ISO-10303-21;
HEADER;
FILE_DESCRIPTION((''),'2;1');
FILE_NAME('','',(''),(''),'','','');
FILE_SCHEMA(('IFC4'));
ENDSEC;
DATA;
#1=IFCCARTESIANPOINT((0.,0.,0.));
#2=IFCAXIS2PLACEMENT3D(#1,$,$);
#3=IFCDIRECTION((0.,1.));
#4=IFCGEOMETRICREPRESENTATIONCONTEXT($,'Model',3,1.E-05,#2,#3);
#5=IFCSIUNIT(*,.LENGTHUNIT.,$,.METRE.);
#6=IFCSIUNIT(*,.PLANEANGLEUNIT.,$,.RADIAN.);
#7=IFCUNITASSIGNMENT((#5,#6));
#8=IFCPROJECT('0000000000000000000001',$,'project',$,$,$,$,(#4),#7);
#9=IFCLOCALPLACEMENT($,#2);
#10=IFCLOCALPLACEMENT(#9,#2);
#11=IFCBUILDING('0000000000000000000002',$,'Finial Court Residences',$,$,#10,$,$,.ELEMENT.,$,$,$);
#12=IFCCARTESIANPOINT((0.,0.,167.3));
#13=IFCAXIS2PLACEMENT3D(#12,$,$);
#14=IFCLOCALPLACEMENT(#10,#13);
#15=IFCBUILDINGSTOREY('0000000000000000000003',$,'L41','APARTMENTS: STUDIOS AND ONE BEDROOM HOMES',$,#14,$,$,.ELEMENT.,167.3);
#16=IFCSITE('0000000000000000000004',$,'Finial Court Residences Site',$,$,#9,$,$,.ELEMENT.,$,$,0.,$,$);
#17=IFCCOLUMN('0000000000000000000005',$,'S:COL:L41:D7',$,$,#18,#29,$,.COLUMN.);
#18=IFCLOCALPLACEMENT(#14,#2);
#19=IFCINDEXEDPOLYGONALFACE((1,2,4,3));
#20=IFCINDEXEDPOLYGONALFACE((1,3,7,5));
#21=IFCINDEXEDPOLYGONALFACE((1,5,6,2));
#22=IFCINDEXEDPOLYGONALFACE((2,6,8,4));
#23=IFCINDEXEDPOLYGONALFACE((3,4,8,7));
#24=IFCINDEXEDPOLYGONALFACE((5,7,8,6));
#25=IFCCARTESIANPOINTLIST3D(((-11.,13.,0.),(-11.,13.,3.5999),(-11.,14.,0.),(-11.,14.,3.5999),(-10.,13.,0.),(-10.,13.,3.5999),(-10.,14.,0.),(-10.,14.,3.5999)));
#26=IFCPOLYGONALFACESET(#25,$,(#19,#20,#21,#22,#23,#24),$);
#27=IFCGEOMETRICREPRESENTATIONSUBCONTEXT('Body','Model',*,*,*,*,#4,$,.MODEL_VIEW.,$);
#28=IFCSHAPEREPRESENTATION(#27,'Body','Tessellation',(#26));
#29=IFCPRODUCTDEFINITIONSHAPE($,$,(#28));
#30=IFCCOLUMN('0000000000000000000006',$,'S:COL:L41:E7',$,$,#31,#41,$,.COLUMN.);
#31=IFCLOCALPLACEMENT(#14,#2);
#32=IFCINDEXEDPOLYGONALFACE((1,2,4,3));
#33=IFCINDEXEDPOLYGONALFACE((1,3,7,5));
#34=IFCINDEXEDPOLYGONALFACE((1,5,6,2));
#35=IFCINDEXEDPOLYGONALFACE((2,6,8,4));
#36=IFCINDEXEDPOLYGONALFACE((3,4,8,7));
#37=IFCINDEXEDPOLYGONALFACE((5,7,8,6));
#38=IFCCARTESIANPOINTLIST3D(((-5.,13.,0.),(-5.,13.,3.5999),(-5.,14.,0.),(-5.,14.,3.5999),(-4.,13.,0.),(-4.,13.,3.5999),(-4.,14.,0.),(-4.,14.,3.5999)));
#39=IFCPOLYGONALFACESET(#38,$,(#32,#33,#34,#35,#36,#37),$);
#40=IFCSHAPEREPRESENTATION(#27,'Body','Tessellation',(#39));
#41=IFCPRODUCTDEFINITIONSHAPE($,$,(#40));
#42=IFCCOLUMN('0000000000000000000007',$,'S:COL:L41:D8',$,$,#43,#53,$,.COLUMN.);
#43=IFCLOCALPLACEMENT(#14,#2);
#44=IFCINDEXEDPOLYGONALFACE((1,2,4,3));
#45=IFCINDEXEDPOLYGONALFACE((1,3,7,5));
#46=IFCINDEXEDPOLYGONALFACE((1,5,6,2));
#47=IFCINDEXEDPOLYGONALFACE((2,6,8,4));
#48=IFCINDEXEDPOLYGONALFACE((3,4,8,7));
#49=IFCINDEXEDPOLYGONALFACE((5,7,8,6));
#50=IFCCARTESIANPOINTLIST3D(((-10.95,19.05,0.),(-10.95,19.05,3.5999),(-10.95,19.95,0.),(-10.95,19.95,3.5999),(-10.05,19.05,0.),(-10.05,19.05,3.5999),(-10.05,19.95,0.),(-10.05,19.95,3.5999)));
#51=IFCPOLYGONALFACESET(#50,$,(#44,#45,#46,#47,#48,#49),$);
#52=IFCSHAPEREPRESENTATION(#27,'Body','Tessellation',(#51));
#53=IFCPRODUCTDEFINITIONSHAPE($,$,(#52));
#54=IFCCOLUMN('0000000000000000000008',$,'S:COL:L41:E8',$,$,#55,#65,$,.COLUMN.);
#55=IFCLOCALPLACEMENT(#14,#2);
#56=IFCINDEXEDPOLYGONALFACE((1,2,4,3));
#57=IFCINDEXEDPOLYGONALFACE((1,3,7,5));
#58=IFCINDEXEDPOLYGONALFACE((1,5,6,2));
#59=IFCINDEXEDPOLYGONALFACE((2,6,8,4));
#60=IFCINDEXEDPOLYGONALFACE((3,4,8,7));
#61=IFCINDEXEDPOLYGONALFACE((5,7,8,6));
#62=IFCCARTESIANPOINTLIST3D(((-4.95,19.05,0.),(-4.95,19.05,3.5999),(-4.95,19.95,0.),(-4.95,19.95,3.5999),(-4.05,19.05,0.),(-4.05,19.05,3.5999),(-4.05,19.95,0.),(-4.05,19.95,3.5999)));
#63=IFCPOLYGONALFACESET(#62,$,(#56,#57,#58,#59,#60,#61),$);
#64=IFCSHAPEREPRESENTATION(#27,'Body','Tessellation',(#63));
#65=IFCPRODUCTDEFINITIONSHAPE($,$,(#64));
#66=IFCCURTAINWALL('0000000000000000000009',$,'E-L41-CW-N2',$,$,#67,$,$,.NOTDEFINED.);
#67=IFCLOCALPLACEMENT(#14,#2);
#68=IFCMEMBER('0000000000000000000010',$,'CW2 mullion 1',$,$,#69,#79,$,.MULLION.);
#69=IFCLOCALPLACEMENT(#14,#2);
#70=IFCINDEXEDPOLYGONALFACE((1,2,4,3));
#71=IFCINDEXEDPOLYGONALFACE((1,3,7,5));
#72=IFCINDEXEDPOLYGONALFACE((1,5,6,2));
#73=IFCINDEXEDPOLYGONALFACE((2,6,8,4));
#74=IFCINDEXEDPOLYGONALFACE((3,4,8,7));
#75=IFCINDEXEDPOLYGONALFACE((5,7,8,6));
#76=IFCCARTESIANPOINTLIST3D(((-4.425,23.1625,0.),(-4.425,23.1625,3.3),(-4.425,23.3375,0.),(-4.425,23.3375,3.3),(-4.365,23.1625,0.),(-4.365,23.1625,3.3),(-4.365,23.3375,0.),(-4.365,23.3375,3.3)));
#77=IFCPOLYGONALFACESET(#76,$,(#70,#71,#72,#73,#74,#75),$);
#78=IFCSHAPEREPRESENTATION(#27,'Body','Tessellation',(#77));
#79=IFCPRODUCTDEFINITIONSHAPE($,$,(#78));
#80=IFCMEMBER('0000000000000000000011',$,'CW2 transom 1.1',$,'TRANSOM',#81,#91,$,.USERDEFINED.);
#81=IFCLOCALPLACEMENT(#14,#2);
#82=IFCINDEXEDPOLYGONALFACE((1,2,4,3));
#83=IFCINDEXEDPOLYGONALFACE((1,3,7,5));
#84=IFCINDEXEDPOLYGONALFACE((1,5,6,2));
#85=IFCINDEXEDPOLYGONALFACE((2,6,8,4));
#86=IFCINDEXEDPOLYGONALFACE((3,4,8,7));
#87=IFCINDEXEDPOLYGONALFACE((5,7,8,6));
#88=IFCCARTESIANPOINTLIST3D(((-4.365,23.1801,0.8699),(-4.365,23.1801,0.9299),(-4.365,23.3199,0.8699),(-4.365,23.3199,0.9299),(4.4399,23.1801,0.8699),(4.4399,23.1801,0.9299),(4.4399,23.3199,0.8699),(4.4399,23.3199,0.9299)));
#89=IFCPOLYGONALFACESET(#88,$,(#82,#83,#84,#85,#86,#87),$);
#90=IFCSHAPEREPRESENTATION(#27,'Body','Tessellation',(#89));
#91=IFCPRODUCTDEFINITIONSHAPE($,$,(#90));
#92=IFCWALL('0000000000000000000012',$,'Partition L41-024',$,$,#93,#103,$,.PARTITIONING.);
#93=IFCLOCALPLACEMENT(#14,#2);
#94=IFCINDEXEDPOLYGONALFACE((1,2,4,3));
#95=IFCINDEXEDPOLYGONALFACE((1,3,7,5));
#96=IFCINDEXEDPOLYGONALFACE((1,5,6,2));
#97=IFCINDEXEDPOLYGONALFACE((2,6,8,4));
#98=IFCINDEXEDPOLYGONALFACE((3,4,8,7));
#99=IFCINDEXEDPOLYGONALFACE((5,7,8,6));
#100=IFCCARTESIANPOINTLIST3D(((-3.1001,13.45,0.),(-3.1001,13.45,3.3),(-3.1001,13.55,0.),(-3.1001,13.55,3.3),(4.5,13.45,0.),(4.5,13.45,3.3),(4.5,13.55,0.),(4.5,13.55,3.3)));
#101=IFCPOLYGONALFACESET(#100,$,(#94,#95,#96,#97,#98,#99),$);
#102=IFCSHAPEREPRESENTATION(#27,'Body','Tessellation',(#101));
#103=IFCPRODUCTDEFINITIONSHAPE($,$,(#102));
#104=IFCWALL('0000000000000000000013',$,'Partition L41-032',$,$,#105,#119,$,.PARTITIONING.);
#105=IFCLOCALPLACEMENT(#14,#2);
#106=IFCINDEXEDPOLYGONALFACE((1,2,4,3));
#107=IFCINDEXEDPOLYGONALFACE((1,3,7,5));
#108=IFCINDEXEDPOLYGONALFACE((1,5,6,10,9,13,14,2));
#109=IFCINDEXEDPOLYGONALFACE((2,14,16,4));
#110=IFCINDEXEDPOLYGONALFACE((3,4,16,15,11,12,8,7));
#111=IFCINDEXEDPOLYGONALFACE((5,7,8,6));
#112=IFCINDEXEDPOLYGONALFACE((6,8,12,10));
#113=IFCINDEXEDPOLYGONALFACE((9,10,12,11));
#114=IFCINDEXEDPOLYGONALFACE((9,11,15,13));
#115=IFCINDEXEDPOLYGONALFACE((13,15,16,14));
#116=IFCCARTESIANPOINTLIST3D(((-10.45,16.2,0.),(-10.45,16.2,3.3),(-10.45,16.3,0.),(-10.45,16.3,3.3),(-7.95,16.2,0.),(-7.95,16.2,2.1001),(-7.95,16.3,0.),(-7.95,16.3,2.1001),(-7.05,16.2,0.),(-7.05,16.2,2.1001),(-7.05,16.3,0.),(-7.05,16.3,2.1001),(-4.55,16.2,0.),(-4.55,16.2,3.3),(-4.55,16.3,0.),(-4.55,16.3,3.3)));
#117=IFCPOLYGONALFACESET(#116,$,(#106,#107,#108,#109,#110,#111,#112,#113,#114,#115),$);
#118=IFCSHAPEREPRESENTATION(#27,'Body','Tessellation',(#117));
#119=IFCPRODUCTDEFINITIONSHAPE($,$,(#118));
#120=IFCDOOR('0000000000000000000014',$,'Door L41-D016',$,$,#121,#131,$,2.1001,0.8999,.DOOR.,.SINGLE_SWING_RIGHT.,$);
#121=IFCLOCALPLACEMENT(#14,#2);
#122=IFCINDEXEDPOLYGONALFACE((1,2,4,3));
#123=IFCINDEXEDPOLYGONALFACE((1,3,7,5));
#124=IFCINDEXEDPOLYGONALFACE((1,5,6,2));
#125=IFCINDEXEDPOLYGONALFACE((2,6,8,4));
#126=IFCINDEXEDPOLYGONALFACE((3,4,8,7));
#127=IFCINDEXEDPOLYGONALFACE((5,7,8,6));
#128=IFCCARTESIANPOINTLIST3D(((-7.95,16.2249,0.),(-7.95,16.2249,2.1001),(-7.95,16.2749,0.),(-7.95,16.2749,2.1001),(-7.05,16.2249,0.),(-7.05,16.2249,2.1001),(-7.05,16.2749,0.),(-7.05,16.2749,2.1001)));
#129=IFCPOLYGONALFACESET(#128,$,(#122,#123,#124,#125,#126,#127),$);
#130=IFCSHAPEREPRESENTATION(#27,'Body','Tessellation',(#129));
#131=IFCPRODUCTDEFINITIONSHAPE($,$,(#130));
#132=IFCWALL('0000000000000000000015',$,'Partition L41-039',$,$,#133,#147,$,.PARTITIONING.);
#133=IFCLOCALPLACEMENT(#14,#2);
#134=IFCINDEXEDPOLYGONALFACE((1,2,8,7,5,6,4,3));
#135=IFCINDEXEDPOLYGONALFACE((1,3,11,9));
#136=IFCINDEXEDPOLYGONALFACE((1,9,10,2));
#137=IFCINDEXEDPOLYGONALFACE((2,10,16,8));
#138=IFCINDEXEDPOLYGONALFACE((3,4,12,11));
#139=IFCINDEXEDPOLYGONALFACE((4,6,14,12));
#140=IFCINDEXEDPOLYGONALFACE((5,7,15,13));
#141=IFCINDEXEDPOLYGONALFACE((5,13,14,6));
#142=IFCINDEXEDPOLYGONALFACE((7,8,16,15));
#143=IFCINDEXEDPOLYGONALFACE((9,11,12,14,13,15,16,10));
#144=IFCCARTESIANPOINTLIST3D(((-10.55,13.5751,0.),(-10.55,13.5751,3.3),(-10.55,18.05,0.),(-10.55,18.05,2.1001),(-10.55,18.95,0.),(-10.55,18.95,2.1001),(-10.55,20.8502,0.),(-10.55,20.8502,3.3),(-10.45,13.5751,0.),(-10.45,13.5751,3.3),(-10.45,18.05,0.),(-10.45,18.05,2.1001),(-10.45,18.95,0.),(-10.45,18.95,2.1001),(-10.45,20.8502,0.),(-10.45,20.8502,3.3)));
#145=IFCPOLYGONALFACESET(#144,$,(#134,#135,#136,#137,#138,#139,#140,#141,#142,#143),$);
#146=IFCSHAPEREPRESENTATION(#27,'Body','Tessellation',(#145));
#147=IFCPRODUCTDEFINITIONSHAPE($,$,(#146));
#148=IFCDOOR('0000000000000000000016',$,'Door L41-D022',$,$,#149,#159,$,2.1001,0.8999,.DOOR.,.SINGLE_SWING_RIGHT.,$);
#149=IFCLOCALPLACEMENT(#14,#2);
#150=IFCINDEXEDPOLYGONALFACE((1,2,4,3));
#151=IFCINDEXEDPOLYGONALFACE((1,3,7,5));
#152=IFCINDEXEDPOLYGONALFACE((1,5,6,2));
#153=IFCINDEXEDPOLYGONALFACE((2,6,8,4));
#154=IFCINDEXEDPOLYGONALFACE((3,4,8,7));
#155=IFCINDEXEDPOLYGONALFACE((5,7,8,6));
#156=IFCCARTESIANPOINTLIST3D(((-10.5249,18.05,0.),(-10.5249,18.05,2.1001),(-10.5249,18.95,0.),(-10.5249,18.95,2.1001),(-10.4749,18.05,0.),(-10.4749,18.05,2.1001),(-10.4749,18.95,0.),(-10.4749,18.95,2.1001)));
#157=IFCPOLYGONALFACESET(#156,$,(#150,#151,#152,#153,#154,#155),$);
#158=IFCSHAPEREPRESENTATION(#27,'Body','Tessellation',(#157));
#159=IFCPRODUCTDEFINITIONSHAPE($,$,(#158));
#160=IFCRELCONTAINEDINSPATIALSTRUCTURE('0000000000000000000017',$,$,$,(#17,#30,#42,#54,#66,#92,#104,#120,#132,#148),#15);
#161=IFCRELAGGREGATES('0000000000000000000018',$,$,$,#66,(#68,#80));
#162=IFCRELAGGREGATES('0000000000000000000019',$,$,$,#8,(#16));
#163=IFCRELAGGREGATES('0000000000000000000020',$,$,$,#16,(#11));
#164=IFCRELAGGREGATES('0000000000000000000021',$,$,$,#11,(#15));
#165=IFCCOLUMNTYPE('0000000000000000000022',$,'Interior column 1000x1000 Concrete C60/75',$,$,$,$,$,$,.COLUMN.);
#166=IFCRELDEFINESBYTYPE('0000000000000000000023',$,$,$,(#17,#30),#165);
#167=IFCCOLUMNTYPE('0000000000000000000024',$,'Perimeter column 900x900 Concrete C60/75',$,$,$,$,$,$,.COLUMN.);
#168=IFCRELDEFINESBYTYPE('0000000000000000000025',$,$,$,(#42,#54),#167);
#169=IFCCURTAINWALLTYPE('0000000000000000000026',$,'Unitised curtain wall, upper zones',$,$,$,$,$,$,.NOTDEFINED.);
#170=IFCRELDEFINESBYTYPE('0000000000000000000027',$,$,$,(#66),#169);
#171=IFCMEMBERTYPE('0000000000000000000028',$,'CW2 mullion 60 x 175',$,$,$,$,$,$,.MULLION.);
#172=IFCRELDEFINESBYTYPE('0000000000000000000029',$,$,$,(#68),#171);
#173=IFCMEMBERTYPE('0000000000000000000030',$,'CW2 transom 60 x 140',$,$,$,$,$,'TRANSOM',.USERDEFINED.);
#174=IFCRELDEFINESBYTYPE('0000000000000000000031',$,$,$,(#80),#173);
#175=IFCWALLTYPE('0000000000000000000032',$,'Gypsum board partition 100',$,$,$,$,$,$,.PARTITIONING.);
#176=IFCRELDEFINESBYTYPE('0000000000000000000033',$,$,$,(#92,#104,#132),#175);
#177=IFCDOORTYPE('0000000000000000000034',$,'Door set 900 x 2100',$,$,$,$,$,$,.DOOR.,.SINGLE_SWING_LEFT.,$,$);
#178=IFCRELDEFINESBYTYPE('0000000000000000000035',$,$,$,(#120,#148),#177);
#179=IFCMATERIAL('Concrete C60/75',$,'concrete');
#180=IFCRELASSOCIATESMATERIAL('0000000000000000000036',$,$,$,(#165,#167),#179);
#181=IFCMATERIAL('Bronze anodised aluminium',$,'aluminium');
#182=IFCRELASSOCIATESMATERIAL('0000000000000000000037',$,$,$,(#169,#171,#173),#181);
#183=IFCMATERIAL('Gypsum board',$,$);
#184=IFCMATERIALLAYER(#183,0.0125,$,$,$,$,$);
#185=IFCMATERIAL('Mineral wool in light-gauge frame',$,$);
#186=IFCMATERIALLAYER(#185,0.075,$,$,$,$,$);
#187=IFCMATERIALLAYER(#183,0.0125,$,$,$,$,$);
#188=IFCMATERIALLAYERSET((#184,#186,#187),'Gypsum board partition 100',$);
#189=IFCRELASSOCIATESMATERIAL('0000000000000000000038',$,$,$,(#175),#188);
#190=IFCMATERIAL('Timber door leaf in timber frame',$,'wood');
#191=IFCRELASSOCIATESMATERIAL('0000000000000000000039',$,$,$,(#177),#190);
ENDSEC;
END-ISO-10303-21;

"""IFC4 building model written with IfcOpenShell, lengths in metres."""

from ifc_helpers import new_model, si_unit, direction, frame, frame_2d, origin, origin_2d, place, context, subcontext, project, spatial, rectangle, extrude, material, layer, layer_set, material_profile, profile_set, type_object, element, fill, aggregate, save


model = new_model("IFC4")

# Units and contexts
model_context = context("Model", 3, precision=1e-05, world=origin(), true_north=direction((0.0, 1.0)))
body_context = subcontext(model_context, "Body", "Model", "MODEL_VIEW")
ifc_project = project(units=[si_unit("LENGTHUNIT", "METRE"), si_unit("PLANEANGLEUNIT", "RADIAN")], contexts=[model_context])

# Site, building, storey
site_placement = place(None, origin())
site = spatial("IfcSite", under=ifc_project, at=site_placement, Name="Finial Court Residences Site", CompositionType="ELEMENT", RefElevation=0.0)
building_placement = place(site_placement, origin())
building = spatial("IfcBuilding", under=site, at=building_placement, Name="Finial Court Residences", CompositionType="ELEMENT")
storey_placement = place(building_placement, frame((0.0, 0.0, 167.3)))
storey = spatial("IfcBuildingStorey", under=building, at=storey_placement, Name="L41", Description="APARTMENTS: STUDIOS AND ONE BEDROOM HOMES", CompositionType="ELEMENT", Elevation=167.3)

# Columns
ifc_material_1 = material(Name="Concrete C60/75", Category="concrete")
ifc_material_profile_1 = material_profile(ifc_material_1, rectangle(XDim=1.0, YDim=1.0, at=origin_2d()), Name="1000x1000")
ifc_profile_set_1 = profile_set([ifc_material_profile_1], Name="Concrete C60/75")
column_type_1 = type_object("IfcColumnType", Name="Interior column 1000x1000 Concrete C60/75", PredefinedType="COLUMN", material=ifc_profile_set_1)
for number, where, z_axis, x_axis, name in (
    (1, (-10.5, 13.5, 0.0), (0.0, 0.0, 1.0), (1.0, 0.0, 0.0), "S:COL:L41:D7"),
    (2, (-4.5, 13.5, 0.0), (0.0, 0.0, 1.0), (1.0, 0.0, 0.0), "S:COL:L41:E7"),
):
    element("IfcColumn", number, at=place(storey_placement, frame(where, z_axis=z_axis, x_axis=x_axis)), inside=storey, type_object=column_type_1, Name=name, PredefinedType="COLUMN", context=body_context, shape_type="SweptSolid", body=[
        extrude(rectangle(XDim=1.0, YDim=1.0, at=origin_2d()), origin(), (0.0, 0.0, 1.0), 3.5999),
    ])
ifc_material_profile_2 = material_profile(ifc_material_1, rectangle(XDim=0.8999, YDim=0.8999, at=origin_2d()), Name="900x900")
ifc_profile_set_2 = profile_set([ifc_material_profile_2], Name="Concrete C60/75")
column_type_2 = type_object("IfcColumnType", Name="Perimeter column 900x900 Concrete C60/75", PredefinedType="COLUMN", material=ifc_profile_set_2)
for number, where, z_axis, x_axis, name in (
    (3, (-10.5, 19.5, 0.0), (0.0, 0.0, 1.0), (1.0, 0.0, 0.0), "S:COL:L41:D8"),
    (4, (-4.5, 19.5, 0.0), (0.0, 0.0, 1.0), (1.0, 0.0, 0.0), "S:COL:L41:E8"),
):
    element("IfcColumn", number, at=place(storey_placement, frame(where, z_axis=z_axis, x_axis=x_axis)), inside=storey, type_object=column_type_2, Name=name, PredefinedType="COLUMN", context=body_context, shape_type="SweptSolid", body=[
        extrude(rectangle(XDim=0.8999, YDim=0.8999, at=origin_2d()), origin(), (0.0, 0.0, 1.0), 3.5999),
    ])

# Curtain wall, members
ifc_material_2 = material(Name="Bronze anodised aluminium", Category="aluminium")
curtain_wall_type = type_object("IfcCurtainWallType", Name="Unitised curtain wall, upper zones", PredefinedType="NOTDEFINED", material=ifc_material_2)
curtain_wall_placement = place(storey_placement, origin())
curtain_wall = element("IfcCurtainWall", 5, at=curtain_wall_placement, inside=storey, type_object=curtain_wall_type, Name="E-L41-CW-N2", PredefinedType="NOTDEFINED")
ifc_material_profile_3 = material_profile(ifc_material_2, rectangle(XDim=0.175, YDim=0.0601, at=origin_2d()), Name="CW2 mullion 60 x 175")
ifc_profile_set_3 = profile_set([ifc_material_profile_3], Name="Bronze anodised aluminium")
member_type_1 = type_object("IfcMemberType", Name="CW2 mullion 60 x 175", PredefinedType="MULLION", material=ifc_profile_set_3)
member_1_placement = place(storey_placement, frame((-4.395, 23.25, 0.0), z_axis=(0.0, 0.0, 1.0), x_axis=(0.0, 1.0, 0.0)))
member_1 = element("IfcMember", 6, at=member_1_placement, type_object=member_type_1, Name="CW2 mullion 1", PredefinedType="MULLION", context=body_context, shape_type="SweptSolid", body=[
    extrude(rectangle(XDim=0.175, YDim=0.0601, at=origin_2d()), origin(), (0.0, 0.0, 1.0), 3.3),
])
ifc_material_profile_4 = material_profile(ifc_material_2, rectangle(XDim=0.1399, YDim=0.0601, at=origin_2d()), Name="CW2 transom 60 x 140")
ifc_profile_set_4 = profile_set([ifc_material_profile_4], Name="Bronze anodised aluminium")
member_type_2 = type_object("IfcMemberType", Name="CW2 transom 60 x 140", ElementType="TRANSOM", PredefinedType="USERDEFINED", material=ifc_profile_set_4)
member_2_placement = place(storey_placement, frame((-4.365, 23.25, 0.8999), z_axis=(1.0, 0.0, 0.0), x_axis=(0.0, 1.0, 0.0)))
member_2 = element("IfcMember", 7, at=member_2_placement, type_object=member_type_2, Name="CW2 transom 1.1", ObjectType="TRANSOM", PredefinedType="USERDEFINED", context=body_context, shape_type="SweptSolid", body=[
    extrude(rectangle(XDim=0.1399, YDim=0.0601, at=origin_2d()), origin(), (0.0, 0.0, 1.0), 8.8049),
])
aggregate(curtain_wall, [member_1, member_2])

# Wall
ifc_material_3 = material(Name="Gypsum board")
ifc_layer_1 = layer(ifc_material_3, 0.0125)
ifc_material_4 = material(Name="Mineral wool in light-gauge frame")
ifc_layer_2 = layer(ifc_material_4, 0.075)
ifc_layer_3 = layer(ifc_material_3, 0.0125)
ifc_layer_set_1 = layer_set([ifc_layer_1, ifc_layer_2, ifc_layer_3], Name="Gypsum board partition 100")
wall_type_1 = type_object("IfcWallType", Name="Gypsum board partition 100", PredefinedType="PARTITIONING", material=ifc_layer_set_1)
wall_1_placement = place(storey_placement, frame((-3.1001, 13.5, 0.0), z_axis=(0.0, 0.0, 1.0), x_axis=(1.0, 0.0, 0.0)))
element("IfcWall", 8, at=wall_1_placement, inside=storey, type_object=wall_type_1, Name="Partition L41-024", PredefinedType="PARTITIONING", context=body_context, shape_type="SweptSolid", body=[
    extrude(rectangle(XDim=7.6001, YDim=0.1001, at=frame_2d((3.8, 0.0))), origin(), (0.0, 0.0, 1.0), 3.3),
])

# Walls, openings, doors
wall_2_placement = place(storey_placement, frame((-10.45, 16.25, 0.0), z_axis=(0.0, 0.0, 1.0), x_axis=(1.0, 0.0, 0.0)))
wall_2 = element("IfcWall", 9, at=wall_2_placement, inside=storey, type_object=wall_type_1, Name="Partition L41-032", PredefinedType="PARTITIONING", context=body_context, shape_type="SweptSolid", body=[
    extrude(rectangle(XDim=5.8999, YDim=0.1001, at=frame_2d((2.95, 0.0))), origin(), (0.0, 0.0, 1.0), 3.3),
])
opening_1_placement = place(wall_2_placement, frame((2.5, 0.0, 0.0)))
opening_1 = element("IfcOpeningElement", 10, at=opening_1_placement, cuts=wall_2, PredefinedType="OPENING", context=body_context, shape_type="SweptSolid", body=[
    extrude(rectangle(XDim=0.8999, YDim=2.1001, at=frame_2d((0.45, 1.05))), frame((0.0, 0.0601, 0.0), z_axis=(0.0, -1.0, 0.0), x_axis=(1.0, 0.0, 0.0)), (0.0, 0.0, 1.0), 0.1201),
])
ifc_material_5 = material(Name="Timber door leaf in timber frame", Category="wood")
door_type_1 = type_object("IfcDoorType", Name="Door set 900 x 2100", OperationType="SINGLE_SWING_LEFT", PredefinedType="DOOR", material=ifc_material_5)
door_1_placement = place(opening_1_placement, origin())
door_1 = element("IfcDoor", 11, at=door_1_placement, inside=storey, type_object=door_type_1, Name="Door L41-D016", OperationType="SINGLE_SWING_RIGHT", OverallHeight=2.1001, OverallWidth=0.8999, PredefinedType="DOOR", context=body_context, shape_type="SweptSolid", body=[
    extrude(rectangle(XDim=0.8999, YDim=2.1001, at=frame_2d((0.45, 1.05))), frame((0.0, 0.0249, 0.0), z_axis=(0.0, -1.0, 0.0), x_axis=(1.0, 0.0, 0.0)), (0.0, 0.0, 1.0), 0.05),
])
fill(opening_1, door_1)
wall_3_placement = place(storey_placement, frame((-10.5, 13.575, 0.0), z_axis=(0.0, 0.0, 1.0), x_axis=(0.0, 1.0, 0.0)))
wall_3 = element("IfcWall", 12, at=wall_3_placement, inside=storey, type_object=wall_type_1, Name="Partition L41-039", PredefinedType="PARTITIONING", context=body_context, shape_type="SweptSolid", body=[
    extrude(rectangle(XDim=7.2751, YDim=0.1001, at=frame_2d((3.6377, 0.0))), origin(), (0.0, 0.0, 1.0), 3.3),
])
opening_2_placement = place(wall_3_placement, frame((4.4751, 0.0, 0.0)))
opening_2 = element("IfcOpeningElement", 13, at=opening_2_placement, cuts=wall_3, PredefinedType="OPENING", context=body_context, shape_type="SweptSolid", body=[
    extrude(rectangle(XDim=0.8999, YDim=2.1001, at=frame_2d((0.45, 1.05))), frame((0.0, 0.0601, 0.0), z_axis=(0.0, -1.0, 0.0), x_axis=(1.0, 0.0, 0.0)), (0.0, 0.0, 1.0), 0.1201),
])
door_2_placement = place(opening_2_placement, origin())
door_2 = element("IfcDoor", 14, at=door_2_placement, inside=storey, type_object=door_type_1, Name="Door L41-D022", OperationType="SINGLE_SWING_RIGHT", OverallHeight=2.1001, OverallWidth=0.8999, PredefinedType="DOOR", context=body_context, shape_type="SweptSolid", body=[
    extrude(rectangle(XDim=0.8999, YDim=2.1001, at=frame_2d((0.45, 1.05))), frame((0.0, 0.0249, 0.0), z_axis=(0.0, -1.0, 0.0), x_axis=(1.0, 0.0, 0.0)), (0.0, 0.0, 1.0), 0.05),
])
fill(opening_2, door_2)

save(model, "model.ifc")
